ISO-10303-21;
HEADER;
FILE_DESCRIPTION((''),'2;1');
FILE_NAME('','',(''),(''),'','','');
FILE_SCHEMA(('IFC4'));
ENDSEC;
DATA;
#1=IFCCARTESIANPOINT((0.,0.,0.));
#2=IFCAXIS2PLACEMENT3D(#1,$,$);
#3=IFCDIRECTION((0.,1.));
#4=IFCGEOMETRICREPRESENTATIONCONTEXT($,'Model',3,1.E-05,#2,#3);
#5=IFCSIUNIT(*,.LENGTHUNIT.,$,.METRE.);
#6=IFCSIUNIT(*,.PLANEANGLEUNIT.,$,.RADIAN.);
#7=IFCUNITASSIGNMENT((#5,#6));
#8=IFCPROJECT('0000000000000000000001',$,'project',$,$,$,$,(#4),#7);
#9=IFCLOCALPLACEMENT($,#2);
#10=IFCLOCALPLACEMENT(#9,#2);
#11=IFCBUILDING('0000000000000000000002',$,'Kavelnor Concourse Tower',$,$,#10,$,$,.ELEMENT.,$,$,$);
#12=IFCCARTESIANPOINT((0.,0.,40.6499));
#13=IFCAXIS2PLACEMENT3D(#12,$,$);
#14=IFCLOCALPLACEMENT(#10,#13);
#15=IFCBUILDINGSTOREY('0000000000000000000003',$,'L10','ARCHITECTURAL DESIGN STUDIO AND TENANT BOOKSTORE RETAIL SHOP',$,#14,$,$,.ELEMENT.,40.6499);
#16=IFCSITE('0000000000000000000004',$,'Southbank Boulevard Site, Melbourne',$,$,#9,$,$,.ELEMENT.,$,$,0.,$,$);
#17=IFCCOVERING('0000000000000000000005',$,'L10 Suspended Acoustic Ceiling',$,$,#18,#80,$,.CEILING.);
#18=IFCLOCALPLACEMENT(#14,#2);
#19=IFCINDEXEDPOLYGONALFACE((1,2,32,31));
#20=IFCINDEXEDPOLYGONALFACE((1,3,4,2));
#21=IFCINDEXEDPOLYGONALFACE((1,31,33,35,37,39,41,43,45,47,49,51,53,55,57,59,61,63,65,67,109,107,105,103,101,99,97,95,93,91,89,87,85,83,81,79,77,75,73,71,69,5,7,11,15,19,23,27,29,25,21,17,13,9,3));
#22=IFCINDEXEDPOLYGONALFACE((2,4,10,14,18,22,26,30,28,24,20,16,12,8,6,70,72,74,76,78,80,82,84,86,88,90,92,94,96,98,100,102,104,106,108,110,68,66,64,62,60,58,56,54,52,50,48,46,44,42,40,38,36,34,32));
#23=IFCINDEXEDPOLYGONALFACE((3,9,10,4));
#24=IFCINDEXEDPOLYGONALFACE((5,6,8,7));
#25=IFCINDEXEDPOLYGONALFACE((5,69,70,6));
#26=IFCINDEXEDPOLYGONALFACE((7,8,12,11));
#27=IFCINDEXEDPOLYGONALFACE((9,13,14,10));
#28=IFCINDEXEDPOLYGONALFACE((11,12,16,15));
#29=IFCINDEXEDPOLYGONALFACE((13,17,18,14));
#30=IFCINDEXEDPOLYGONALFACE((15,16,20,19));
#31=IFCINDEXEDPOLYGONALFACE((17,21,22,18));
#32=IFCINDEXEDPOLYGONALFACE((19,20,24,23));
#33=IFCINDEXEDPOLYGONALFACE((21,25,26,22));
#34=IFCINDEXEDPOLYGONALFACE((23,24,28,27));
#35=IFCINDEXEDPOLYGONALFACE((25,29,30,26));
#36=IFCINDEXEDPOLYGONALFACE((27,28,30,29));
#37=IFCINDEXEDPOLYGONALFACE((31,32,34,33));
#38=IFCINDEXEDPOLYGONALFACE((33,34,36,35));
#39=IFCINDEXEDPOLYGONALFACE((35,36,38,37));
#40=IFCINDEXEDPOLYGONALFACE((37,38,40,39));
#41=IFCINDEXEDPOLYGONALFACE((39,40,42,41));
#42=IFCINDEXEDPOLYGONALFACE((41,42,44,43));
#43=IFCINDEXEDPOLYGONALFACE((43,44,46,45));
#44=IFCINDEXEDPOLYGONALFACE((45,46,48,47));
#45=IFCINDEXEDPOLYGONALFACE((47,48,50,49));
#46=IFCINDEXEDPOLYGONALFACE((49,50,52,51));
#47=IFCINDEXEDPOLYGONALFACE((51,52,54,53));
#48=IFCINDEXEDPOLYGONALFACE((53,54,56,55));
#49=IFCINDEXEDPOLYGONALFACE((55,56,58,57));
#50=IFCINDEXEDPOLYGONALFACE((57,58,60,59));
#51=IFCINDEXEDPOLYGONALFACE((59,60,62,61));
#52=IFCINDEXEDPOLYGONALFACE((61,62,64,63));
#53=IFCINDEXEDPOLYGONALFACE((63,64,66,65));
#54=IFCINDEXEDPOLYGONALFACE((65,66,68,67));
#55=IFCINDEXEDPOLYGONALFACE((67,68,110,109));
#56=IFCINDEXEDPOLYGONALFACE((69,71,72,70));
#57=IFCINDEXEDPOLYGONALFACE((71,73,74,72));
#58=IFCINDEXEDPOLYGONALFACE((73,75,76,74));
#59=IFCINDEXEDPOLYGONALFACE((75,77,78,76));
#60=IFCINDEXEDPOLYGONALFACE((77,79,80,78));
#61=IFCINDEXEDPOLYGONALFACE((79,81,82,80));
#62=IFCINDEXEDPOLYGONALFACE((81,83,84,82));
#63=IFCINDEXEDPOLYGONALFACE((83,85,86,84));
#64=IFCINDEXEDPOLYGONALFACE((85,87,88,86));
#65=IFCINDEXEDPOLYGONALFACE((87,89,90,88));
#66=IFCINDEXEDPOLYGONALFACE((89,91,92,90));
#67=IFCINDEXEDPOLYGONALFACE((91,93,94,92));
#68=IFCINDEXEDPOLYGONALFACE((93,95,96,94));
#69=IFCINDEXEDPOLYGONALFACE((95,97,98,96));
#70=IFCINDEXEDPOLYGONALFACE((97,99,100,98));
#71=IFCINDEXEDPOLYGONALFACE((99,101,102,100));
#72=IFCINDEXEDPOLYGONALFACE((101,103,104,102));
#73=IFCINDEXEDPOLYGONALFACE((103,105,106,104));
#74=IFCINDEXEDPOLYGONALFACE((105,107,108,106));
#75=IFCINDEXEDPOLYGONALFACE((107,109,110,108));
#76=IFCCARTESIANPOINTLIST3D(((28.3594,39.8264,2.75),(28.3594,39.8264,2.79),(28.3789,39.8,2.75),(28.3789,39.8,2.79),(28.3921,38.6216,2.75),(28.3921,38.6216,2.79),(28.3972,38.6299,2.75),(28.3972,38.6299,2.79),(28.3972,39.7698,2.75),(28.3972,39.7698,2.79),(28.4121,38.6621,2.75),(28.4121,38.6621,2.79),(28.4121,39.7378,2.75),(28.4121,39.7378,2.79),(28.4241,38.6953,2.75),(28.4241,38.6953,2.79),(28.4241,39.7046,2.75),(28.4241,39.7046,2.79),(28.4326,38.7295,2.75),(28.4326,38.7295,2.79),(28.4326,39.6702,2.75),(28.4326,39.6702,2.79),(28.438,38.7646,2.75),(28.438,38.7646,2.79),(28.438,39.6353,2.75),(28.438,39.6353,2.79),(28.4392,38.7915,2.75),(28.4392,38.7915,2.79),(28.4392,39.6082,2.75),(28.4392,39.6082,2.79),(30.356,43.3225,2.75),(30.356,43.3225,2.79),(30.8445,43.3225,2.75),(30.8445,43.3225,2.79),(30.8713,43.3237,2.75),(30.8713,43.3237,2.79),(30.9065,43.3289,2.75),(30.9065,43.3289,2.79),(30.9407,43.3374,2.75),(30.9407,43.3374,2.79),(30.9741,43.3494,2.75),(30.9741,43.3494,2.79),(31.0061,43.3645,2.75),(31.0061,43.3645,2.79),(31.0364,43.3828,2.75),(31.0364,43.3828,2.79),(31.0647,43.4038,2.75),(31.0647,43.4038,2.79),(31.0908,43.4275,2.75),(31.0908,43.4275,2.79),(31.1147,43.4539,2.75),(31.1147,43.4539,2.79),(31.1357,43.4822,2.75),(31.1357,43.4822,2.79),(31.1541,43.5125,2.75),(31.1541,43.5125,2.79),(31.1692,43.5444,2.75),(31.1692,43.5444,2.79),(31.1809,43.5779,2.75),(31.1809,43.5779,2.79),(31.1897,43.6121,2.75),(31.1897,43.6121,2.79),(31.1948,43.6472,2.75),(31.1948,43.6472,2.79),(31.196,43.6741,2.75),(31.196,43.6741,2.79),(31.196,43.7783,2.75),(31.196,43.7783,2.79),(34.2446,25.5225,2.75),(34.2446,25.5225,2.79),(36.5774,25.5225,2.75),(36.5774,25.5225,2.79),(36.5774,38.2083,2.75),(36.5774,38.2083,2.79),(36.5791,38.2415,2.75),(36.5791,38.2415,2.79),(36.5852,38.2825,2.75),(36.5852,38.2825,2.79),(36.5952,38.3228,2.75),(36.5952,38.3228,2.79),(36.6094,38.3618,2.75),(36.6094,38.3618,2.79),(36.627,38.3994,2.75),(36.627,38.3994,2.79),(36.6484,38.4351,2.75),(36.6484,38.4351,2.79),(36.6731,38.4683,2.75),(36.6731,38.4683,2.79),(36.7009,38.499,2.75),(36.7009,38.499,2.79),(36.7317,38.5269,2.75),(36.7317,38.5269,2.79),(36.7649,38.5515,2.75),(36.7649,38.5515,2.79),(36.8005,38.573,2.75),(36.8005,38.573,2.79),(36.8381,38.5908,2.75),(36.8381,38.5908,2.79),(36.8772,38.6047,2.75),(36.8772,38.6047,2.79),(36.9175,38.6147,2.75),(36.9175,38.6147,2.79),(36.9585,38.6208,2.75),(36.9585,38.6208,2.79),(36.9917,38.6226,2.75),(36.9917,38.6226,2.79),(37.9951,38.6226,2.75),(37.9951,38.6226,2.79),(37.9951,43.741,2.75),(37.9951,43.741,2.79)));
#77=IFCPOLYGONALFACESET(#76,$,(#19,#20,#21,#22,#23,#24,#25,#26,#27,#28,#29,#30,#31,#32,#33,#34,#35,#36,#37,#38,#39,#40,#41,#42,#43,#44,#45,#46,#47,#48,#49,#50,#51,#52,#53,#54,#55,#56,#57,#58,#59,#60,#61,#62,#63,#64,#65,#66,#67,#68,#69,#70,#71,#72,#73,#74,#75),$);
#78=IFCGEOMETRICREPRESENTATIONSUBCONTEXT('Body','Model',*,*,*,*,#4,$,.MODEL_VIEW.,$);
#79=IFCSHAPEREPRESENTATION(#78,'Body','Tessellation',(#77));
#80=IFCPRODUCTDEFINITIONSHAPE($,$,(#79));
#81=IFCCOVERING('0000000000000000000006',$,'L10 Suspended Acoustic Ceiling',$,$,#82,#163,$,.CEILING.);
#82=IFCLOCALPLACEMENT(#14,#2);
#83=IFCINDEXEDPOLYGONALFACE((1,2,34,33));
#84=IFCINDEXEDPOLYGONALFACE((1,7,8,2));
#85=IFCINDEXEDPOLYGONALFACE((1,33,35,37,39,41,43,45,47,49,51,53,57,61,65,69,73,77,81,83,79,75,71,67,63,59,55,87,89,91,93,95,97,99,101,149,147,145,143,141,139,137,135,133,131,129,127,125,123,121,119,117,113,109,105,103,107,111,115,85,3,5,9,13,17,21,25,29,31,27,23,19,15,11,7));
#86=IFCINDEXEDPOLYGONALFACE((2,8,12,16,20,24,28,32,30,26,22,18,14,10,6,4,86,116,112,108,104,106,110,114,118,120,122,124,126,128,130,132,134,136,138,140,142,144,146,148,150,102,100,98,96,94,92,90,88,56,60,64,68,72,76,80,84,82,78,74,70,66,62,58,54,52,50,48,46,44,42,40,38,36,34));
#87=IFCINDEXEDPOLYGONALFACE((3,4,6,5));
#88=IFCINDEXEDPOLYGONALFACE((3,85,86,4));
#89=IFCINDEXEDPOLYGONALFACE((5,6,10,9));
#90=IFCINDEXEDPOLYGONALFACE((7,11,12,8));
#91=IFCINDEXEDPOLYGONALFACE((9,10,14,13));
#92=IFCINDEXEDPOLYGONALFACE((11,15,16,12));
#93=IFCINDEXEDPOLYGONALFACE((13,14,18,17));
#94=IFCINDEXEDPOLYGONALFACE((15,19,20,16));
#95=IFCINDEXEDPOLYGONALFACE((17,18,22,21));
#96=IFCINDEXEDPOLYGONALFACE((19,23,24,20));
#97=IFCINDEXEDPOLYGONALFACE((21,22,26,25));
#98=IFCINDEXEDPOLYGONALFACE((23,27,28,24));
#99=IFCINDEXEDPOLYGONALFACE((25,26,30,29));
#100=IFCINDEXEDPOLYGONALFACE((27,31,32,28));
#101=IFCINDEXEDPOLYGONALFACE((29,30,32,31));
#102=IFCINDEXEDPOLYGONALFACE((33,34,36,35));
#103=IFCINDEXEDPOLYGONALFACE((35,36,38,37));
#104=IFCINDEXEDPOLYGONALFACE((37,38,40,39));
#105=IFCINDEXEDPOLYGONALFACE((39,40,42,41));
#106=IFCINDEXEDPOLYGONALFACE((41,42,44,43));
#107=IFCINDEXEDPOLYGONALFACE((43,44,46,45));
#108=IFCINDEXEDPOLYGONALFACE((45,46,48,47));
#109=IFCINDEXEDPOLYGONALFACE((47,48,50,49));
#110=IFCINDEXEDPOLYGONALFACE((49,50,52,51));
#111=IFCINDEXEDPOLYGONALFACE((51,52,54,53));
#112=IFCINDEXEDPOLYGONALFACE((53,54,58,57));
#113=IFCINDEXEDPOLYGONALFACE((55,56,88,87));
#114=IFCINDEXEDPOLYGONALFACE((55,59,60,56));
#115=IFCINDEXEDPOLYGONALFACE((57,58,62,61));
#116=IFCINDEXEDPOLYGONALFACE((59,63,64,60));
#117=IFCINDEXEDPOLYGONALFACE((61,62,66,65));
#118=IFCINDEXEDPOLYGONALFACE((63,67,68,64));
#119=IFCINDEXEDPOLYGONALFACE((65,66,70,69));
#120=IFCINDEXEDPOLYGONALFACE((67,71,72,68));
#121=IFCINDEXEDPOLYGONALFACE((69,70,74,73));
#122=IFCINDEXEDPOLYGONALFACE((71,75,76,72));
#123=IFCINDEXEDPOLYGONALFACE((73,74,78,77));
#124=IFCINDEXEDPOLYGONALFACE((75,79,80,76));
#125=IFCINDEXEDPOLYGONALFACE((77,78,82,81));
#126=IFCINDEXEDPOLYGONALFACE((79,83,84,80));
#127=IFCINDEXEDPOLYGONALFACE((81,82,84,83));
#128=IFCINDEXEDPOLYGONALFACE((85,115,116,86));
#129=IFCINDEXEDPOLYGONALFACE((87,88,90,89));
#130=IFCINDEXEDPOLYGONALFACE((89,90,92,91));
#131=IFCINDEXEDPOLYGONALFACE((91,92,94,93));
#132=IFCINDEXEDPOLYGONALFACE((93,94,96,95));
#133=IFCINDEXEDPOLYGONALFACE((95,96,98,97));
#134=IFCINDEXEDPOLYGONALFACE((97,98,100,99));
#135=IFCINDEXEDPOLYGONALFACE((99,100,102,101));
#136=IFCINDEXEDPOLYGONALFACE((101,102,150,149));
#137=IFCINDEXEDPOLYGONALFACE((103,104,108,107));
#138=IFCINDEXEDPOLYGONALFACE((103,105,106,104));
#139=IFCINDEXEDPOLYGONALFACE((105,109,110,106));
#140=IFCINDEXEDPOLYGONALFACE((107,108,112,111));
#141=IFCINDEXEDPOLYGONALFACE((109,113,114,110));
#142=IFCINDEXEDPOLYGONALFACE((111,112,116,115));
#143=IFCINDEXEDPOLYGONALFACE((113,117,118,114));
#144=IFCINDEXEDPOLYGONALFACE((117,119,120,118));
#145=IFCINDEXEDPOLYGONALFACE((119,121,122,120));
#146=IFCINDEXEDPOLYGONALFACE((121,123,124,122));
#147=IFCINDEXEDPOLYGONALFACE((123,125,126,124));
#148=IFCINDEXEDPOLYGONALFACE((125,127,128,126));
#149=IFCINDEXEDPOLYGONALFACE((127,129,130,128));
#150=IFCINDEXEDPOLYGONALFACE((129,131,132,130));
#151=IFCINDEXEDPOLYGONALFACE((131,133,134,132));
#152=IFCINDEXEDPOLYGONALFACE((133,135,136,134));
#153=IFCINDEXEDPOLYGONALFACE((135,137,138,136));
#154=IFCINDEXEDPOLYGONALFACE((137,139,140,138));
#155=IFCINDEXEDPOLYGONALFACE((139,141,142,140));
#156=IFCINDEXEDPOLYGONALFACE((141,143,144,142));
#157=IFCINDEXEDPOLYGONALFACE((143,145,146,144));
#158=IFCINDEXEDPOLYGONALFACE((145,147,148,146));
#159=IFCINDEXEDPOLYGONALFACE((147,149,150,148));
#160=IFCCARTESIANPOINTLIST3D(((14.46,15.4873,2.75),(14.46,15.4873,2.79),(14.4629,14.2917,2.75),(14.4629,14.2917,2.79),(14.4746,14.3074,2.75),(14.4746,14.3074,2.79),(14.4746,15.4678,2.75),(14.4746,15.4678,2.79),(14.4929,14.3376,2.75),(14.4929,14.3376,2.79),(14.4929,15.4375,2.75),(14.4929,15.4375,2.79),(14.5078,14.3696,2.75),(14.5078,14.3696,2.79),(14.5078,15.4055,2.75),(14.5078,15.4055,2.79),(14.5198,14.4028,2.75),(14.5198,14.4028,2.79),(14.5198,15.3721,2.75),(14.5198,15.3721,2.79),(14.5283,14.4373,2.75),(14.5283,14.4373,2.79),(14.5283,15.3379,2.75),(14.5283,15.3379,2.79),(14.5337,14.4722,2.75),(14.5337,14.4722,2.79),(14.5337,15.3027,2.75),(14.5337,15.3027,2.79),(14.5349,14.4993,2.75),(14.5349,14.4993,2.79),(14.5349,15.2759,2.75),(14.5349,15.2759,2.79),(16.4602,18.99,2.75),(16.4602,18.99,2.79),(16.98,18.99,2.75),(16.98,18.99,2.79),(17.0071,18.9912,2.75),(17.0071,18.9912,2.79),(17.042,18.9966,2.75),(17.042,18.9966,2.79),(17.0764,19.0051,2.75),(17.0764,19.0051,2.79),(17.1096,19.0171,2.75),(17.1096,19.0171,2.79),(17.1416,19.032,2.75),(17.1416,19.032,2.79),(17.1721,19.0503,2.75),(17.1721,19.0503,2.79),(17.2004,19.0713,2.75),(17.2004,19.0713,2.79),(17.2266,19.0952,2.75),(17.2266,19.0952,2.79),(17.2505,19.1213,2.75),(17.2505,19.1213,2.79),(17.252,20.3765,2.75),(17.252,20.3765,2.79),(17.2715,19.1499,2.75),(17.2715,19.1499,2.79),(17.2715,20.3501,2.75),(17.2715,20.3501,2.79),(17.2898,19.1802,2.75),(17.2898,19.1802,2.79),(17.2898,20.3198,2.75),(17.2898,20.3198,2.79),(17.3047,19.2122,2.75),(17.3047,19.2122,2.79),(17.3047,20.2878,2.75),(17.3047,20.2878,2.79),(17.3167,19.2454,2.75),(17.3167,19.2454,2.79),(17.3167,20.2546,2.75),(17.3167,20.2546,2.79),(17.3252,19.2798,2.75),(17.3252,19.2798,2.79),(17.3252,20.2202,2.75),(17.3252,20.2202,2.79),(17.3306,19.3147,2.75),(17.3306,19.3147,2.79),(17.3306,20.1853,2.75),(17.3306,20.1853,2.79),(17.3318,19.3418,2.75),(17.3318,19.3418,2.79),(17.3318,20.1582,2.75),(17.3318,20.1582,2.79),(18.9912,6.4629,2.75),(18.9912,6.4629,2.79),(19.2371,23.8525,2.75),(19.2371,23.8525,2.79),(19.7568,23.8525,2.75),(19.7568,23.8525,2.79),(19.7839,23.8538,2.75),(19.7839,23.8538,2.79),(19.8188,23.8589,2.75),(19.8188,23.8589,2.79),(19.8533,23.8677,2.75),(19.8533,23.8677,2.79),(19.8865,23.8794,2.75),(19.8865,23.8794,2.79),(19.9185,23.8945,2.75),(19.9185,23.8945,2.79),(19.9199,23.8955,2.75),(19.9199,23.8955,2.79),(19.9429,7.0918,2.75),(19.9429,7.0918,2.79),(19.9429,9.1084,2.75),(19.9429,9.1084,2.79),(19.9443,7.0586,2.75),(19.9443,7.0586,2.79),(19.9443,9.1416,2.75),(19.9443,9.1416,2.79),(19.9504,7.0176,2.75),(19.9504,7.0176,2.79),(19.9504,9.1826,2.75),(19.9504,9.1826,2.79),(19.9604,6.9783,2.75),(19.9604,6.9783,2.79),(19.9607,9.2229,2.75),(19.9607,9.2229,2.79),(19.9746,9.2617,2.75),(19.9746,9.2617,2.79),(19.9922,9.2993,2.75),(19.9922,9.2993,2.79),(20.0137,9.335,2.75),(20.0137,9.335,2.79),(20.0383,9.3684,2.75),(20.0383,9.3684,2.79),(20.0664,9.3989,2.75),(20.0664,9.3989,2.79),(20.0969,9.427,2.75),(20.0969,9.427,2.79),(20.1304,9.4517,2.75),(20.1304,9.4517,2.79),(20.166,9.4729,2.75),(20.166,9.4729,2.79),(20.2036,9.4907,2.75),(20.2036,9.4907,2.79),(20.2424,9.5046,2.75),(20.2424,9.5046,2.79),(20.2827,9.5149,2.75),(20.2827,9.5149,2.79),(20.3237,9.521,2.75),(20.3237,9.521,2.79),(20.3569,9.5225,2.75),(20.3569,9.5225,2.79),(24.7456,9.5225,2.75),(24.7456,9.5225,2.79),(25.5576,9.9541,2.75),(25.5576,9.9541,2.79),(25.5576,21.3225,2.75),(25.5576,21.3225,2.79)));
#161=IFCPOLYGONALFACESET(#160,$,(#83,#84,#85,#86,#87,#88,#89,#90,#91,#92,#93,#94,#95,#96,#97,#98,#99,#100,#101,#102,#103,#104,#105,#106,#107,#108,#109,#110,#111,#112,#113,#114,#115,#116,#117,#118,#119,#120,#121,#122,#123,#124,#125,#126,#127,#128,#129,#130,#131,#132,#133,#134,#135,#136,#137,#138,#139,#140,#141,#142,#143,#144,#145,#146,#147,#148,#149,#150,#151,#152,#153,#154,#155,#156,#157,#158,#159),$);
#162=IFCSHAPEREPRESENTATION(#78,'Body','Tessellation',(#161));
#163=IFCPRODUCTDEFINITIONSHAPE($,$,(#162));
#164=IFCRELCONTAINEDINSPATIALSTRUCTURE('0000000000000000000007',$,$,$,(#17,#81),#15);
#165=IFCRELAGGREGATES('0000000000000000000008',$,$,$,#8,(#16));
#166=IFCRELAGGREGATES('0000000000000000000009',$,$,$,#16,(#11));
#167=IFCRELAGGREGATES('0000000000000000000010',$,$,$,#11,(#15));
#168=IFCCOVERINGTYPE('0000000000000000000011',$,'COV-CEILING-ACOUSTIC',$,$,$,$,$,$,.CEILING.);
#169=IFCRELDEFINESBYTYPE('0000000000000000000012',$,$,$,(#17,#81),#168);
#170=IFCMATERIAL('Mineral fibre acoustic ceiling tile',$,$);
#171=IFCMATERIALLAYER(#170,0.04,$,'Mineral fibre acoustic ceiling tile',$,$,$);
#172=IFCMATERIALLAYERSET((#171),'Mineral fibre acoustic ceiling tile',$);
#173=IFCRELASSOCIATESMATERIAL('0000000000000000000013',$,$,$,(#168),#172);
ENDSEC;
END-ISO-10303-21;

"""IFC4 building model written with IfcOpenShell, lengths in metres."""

from ifc_helpers import new_model, si_unit, direction, frame, origin, place, context, subcontext, project, spatial, polyline, outline, extrude, material, layer, layer_set, type_object, element, save


model = new_model("IFC4")

# Units and contexts
model_context = context("Model", 3, precision=1e-05, world=origin(), true_north=direction((0.0, 1.0)))
body_context = subcontext(model_context, "Body", "Model", "MODEL_VIEW")
ifc_project = project(units=[si_unit("LENGTHUNIT", "METRE"), si_unit("PLANEANGLEUNIT", "RADIAN")], contexts=[model_context])

# Site, building, storey
site_placement = place(None, origin())
site = spatial("IfcSite", under=ifc_project, at=site_placement, Name="Southbank Boulevard Site, Melbourne", CompositionType="ELEMENT", RefElevation=0.0)
building_placement = place(site_placement, origin())
building = spatial("IfcBuilding", under=site, at=building_placement, Name="Kavelnor Concourse Tower", CompositionType="ELEMENT")
storey_placement = place(building_placement, frame((0.0, 0.0, 40.6499)))
storey = spatial("IfcBuildingStorey", under=building, at=storey_placement, Name="L10", Description="ARCHITECTURAL DESIGN STUDIO AND TENANT BOOKSTORE RETAIL SHOP", CompositionType="ELEMENT", Elevation=40.6499)

# Coverings
ifc_material_1 = material(Name="Mineral fibre acoustic ceiling tile")
ifc_layer_1 = layer(ifc_material_1, 0.04, Name="Mineral fibre acoustic ceiling tile")
ifc_layer_set_1 = layer_set([ifc_layer_1], Name="Mineral fibre acoustic ceiling tile")
covering_type_1 = type_object("IfcCoveringType", Name="COV-CEILING-ACOUSTIC", PredefinedType="CEILING", material=ifc_layer_set_1)
covering_1_placement = place(storey_placement, frame((0.0, 0.0, 2.75)))
element("IfcCovering", 1, at=covering_1_placement, inside=storey, type_object=covering_type_1, Name="L10 Suspended Acoustic Ceiling", PredefinedType="CEILING", context=body_context, shape_type="SweptSolid", body=[
    extrude(outline(polyline([(30.8713, 43.3237), (30.9065, 43.3289), (30.9407, 43.3374), (30.9741, 43.3494), (31.0061, 43.3645), (31.0364, 43.3828), (31.0647, 43.4038), (31.0908, 43.4275), (31.1147, 43.4539), (31.1357, 43.4822), (31.1541, 43.5125), (31.1692, 43.5444), (31.1809, 43.5779), (31.1897, 43.6121), (31.1948, 43.6472), (31.196, 43.6741), (31.196, 43.7783), (37.9951, 43.741), (37.9951, 38.6226), (36.9917, 38.6226), (36.9585, 38.6208), (36.9175, 38.6147), (36.8772, 38.6047), (36.8381, 38.5908), (36.8005, 38.573), (36.7649, 38.5515), (36.7317, 38.5269), (36.7009, 38.499), (36.6731, 38.4683), (36.6484, 38.4351), (36.627, 38.3994), (36.6094, 38.3618), (36.5952, 38.3228), (36.5852, 38.2825), (36.5791, 38.2415), (36.5774, 38.2083), (36.5774, 25.5225), (34.2446, 25.5225), (28.3921, 38.6216), (28.3972, 38.6299), (28.4121, 38.6621), (28.4241, 38.6953), (28.4326, 38.7295), (28.438, 38.7646), (28.4392, 38.7915), (28.4392, 39.6082), (28.438, 39.6353), (28.4326, 39.6702), (28.4241, 39.7046), (28.4121, 39.7378), (28.3972, 39.7698), (28.3789, 39.8), (28.3594, 39.8264), (30.356, 43.3225), (30.8445, 43.3225), (30.8713, 43.3237)])), origin(), (0.0, 0.0, 1.0), 0.04),
])
covering_2_placement = place(storey_placement, frame((0.0, 0.0, 2.75)))
element("IfcCovering", 2, at=covering_2_placement, inside=storey, type_object=covering_type_1, Name="L10 Suspended Acoustic Ceiling", PredefinedType="CEILING", context=body_context, shape_type="SweptSolid", body=[
    extrude(outline(polyline([(16.4602, 18.99), (16.98, 18.99), (17.0071, 18.9912), (17.042, 18.9966), (17.0764, 19.0051), (17.1096, 19.0171), (17.1416, 19.032), (17.1721, 19.0503), (17.2004, 19.0713), (17.2266, 19.0952), (17.2505, 19.1213), (17.2715, 19.1499), (17.2898, 19.1802), (17.3047, 19.2122), (17.3167, 19.2454), (17.3252, 19.2798), (17.3306, 19.3147), (17.3318, 19.3418), (17.3318, 20.1582), (17.3306, 20.1853), (17.3252, 20.2202), (17.3167, 20.2546), (17.3047, 20.2878), (17.2898, 20.3198), (17.2715, 20.3501), (17.252, 20.3765), (19.2371, 23.8525), (19.7568, 23.8525), (19.7839, 23.8538), (19.8188, 23.8589), (19.8533, 23.8677), (19.8865, 23.8794), (19.9185, 23.8945), (19.9199, 23.8955), (25.5576, 21.3225), (25.5576, 9.9541), (24.7456, 9.5225), (20.3569, 9.5225), (20.3237, 9.521), (20.2827, 9.5149), (20.2424, 9.5046), (20.2036, 9.4907), (20.166, 9.4729), (20.1304, 9.4517), (20.0969, 9.427), (20.0664, 9.3989), (20.0383, 9.3684), (20.0137, 9.335), (19.9922, 9.2993), (19.9746, 9.2617), (19.9607, 9.2229), (19.9504, 9.1826), (19.9443, 9.1416), (19.9429, 9.1084), (19.9429, 7.0918), (19.9443, 7.0586), (19.9504, 7.0176), (19.9604, 6.9783), (18.9912, 6.4629), (14.4629, 14.2917), (14.4746, 14.3074), (14.4929, 14.3376), (14.5078, 14.3696), (14.5198, 14.4028), (14.5283, 14.4373), (14.5337, 14.4722), (14.5349, 14.4993), (14.5349, 15.2759), (14.5337, 15.3027), (14.5283, 15.3379), (14.5198, 15.3721), (14.5078, 15.4055), (14.4929, 15.4375), (14.4746, 15.4678), (14.46, 15.4873), (16.4602, 18.99)])), origin(), (0.0, 0.0, 1.0), 0.04),
])

save(model, "model.ifc")
